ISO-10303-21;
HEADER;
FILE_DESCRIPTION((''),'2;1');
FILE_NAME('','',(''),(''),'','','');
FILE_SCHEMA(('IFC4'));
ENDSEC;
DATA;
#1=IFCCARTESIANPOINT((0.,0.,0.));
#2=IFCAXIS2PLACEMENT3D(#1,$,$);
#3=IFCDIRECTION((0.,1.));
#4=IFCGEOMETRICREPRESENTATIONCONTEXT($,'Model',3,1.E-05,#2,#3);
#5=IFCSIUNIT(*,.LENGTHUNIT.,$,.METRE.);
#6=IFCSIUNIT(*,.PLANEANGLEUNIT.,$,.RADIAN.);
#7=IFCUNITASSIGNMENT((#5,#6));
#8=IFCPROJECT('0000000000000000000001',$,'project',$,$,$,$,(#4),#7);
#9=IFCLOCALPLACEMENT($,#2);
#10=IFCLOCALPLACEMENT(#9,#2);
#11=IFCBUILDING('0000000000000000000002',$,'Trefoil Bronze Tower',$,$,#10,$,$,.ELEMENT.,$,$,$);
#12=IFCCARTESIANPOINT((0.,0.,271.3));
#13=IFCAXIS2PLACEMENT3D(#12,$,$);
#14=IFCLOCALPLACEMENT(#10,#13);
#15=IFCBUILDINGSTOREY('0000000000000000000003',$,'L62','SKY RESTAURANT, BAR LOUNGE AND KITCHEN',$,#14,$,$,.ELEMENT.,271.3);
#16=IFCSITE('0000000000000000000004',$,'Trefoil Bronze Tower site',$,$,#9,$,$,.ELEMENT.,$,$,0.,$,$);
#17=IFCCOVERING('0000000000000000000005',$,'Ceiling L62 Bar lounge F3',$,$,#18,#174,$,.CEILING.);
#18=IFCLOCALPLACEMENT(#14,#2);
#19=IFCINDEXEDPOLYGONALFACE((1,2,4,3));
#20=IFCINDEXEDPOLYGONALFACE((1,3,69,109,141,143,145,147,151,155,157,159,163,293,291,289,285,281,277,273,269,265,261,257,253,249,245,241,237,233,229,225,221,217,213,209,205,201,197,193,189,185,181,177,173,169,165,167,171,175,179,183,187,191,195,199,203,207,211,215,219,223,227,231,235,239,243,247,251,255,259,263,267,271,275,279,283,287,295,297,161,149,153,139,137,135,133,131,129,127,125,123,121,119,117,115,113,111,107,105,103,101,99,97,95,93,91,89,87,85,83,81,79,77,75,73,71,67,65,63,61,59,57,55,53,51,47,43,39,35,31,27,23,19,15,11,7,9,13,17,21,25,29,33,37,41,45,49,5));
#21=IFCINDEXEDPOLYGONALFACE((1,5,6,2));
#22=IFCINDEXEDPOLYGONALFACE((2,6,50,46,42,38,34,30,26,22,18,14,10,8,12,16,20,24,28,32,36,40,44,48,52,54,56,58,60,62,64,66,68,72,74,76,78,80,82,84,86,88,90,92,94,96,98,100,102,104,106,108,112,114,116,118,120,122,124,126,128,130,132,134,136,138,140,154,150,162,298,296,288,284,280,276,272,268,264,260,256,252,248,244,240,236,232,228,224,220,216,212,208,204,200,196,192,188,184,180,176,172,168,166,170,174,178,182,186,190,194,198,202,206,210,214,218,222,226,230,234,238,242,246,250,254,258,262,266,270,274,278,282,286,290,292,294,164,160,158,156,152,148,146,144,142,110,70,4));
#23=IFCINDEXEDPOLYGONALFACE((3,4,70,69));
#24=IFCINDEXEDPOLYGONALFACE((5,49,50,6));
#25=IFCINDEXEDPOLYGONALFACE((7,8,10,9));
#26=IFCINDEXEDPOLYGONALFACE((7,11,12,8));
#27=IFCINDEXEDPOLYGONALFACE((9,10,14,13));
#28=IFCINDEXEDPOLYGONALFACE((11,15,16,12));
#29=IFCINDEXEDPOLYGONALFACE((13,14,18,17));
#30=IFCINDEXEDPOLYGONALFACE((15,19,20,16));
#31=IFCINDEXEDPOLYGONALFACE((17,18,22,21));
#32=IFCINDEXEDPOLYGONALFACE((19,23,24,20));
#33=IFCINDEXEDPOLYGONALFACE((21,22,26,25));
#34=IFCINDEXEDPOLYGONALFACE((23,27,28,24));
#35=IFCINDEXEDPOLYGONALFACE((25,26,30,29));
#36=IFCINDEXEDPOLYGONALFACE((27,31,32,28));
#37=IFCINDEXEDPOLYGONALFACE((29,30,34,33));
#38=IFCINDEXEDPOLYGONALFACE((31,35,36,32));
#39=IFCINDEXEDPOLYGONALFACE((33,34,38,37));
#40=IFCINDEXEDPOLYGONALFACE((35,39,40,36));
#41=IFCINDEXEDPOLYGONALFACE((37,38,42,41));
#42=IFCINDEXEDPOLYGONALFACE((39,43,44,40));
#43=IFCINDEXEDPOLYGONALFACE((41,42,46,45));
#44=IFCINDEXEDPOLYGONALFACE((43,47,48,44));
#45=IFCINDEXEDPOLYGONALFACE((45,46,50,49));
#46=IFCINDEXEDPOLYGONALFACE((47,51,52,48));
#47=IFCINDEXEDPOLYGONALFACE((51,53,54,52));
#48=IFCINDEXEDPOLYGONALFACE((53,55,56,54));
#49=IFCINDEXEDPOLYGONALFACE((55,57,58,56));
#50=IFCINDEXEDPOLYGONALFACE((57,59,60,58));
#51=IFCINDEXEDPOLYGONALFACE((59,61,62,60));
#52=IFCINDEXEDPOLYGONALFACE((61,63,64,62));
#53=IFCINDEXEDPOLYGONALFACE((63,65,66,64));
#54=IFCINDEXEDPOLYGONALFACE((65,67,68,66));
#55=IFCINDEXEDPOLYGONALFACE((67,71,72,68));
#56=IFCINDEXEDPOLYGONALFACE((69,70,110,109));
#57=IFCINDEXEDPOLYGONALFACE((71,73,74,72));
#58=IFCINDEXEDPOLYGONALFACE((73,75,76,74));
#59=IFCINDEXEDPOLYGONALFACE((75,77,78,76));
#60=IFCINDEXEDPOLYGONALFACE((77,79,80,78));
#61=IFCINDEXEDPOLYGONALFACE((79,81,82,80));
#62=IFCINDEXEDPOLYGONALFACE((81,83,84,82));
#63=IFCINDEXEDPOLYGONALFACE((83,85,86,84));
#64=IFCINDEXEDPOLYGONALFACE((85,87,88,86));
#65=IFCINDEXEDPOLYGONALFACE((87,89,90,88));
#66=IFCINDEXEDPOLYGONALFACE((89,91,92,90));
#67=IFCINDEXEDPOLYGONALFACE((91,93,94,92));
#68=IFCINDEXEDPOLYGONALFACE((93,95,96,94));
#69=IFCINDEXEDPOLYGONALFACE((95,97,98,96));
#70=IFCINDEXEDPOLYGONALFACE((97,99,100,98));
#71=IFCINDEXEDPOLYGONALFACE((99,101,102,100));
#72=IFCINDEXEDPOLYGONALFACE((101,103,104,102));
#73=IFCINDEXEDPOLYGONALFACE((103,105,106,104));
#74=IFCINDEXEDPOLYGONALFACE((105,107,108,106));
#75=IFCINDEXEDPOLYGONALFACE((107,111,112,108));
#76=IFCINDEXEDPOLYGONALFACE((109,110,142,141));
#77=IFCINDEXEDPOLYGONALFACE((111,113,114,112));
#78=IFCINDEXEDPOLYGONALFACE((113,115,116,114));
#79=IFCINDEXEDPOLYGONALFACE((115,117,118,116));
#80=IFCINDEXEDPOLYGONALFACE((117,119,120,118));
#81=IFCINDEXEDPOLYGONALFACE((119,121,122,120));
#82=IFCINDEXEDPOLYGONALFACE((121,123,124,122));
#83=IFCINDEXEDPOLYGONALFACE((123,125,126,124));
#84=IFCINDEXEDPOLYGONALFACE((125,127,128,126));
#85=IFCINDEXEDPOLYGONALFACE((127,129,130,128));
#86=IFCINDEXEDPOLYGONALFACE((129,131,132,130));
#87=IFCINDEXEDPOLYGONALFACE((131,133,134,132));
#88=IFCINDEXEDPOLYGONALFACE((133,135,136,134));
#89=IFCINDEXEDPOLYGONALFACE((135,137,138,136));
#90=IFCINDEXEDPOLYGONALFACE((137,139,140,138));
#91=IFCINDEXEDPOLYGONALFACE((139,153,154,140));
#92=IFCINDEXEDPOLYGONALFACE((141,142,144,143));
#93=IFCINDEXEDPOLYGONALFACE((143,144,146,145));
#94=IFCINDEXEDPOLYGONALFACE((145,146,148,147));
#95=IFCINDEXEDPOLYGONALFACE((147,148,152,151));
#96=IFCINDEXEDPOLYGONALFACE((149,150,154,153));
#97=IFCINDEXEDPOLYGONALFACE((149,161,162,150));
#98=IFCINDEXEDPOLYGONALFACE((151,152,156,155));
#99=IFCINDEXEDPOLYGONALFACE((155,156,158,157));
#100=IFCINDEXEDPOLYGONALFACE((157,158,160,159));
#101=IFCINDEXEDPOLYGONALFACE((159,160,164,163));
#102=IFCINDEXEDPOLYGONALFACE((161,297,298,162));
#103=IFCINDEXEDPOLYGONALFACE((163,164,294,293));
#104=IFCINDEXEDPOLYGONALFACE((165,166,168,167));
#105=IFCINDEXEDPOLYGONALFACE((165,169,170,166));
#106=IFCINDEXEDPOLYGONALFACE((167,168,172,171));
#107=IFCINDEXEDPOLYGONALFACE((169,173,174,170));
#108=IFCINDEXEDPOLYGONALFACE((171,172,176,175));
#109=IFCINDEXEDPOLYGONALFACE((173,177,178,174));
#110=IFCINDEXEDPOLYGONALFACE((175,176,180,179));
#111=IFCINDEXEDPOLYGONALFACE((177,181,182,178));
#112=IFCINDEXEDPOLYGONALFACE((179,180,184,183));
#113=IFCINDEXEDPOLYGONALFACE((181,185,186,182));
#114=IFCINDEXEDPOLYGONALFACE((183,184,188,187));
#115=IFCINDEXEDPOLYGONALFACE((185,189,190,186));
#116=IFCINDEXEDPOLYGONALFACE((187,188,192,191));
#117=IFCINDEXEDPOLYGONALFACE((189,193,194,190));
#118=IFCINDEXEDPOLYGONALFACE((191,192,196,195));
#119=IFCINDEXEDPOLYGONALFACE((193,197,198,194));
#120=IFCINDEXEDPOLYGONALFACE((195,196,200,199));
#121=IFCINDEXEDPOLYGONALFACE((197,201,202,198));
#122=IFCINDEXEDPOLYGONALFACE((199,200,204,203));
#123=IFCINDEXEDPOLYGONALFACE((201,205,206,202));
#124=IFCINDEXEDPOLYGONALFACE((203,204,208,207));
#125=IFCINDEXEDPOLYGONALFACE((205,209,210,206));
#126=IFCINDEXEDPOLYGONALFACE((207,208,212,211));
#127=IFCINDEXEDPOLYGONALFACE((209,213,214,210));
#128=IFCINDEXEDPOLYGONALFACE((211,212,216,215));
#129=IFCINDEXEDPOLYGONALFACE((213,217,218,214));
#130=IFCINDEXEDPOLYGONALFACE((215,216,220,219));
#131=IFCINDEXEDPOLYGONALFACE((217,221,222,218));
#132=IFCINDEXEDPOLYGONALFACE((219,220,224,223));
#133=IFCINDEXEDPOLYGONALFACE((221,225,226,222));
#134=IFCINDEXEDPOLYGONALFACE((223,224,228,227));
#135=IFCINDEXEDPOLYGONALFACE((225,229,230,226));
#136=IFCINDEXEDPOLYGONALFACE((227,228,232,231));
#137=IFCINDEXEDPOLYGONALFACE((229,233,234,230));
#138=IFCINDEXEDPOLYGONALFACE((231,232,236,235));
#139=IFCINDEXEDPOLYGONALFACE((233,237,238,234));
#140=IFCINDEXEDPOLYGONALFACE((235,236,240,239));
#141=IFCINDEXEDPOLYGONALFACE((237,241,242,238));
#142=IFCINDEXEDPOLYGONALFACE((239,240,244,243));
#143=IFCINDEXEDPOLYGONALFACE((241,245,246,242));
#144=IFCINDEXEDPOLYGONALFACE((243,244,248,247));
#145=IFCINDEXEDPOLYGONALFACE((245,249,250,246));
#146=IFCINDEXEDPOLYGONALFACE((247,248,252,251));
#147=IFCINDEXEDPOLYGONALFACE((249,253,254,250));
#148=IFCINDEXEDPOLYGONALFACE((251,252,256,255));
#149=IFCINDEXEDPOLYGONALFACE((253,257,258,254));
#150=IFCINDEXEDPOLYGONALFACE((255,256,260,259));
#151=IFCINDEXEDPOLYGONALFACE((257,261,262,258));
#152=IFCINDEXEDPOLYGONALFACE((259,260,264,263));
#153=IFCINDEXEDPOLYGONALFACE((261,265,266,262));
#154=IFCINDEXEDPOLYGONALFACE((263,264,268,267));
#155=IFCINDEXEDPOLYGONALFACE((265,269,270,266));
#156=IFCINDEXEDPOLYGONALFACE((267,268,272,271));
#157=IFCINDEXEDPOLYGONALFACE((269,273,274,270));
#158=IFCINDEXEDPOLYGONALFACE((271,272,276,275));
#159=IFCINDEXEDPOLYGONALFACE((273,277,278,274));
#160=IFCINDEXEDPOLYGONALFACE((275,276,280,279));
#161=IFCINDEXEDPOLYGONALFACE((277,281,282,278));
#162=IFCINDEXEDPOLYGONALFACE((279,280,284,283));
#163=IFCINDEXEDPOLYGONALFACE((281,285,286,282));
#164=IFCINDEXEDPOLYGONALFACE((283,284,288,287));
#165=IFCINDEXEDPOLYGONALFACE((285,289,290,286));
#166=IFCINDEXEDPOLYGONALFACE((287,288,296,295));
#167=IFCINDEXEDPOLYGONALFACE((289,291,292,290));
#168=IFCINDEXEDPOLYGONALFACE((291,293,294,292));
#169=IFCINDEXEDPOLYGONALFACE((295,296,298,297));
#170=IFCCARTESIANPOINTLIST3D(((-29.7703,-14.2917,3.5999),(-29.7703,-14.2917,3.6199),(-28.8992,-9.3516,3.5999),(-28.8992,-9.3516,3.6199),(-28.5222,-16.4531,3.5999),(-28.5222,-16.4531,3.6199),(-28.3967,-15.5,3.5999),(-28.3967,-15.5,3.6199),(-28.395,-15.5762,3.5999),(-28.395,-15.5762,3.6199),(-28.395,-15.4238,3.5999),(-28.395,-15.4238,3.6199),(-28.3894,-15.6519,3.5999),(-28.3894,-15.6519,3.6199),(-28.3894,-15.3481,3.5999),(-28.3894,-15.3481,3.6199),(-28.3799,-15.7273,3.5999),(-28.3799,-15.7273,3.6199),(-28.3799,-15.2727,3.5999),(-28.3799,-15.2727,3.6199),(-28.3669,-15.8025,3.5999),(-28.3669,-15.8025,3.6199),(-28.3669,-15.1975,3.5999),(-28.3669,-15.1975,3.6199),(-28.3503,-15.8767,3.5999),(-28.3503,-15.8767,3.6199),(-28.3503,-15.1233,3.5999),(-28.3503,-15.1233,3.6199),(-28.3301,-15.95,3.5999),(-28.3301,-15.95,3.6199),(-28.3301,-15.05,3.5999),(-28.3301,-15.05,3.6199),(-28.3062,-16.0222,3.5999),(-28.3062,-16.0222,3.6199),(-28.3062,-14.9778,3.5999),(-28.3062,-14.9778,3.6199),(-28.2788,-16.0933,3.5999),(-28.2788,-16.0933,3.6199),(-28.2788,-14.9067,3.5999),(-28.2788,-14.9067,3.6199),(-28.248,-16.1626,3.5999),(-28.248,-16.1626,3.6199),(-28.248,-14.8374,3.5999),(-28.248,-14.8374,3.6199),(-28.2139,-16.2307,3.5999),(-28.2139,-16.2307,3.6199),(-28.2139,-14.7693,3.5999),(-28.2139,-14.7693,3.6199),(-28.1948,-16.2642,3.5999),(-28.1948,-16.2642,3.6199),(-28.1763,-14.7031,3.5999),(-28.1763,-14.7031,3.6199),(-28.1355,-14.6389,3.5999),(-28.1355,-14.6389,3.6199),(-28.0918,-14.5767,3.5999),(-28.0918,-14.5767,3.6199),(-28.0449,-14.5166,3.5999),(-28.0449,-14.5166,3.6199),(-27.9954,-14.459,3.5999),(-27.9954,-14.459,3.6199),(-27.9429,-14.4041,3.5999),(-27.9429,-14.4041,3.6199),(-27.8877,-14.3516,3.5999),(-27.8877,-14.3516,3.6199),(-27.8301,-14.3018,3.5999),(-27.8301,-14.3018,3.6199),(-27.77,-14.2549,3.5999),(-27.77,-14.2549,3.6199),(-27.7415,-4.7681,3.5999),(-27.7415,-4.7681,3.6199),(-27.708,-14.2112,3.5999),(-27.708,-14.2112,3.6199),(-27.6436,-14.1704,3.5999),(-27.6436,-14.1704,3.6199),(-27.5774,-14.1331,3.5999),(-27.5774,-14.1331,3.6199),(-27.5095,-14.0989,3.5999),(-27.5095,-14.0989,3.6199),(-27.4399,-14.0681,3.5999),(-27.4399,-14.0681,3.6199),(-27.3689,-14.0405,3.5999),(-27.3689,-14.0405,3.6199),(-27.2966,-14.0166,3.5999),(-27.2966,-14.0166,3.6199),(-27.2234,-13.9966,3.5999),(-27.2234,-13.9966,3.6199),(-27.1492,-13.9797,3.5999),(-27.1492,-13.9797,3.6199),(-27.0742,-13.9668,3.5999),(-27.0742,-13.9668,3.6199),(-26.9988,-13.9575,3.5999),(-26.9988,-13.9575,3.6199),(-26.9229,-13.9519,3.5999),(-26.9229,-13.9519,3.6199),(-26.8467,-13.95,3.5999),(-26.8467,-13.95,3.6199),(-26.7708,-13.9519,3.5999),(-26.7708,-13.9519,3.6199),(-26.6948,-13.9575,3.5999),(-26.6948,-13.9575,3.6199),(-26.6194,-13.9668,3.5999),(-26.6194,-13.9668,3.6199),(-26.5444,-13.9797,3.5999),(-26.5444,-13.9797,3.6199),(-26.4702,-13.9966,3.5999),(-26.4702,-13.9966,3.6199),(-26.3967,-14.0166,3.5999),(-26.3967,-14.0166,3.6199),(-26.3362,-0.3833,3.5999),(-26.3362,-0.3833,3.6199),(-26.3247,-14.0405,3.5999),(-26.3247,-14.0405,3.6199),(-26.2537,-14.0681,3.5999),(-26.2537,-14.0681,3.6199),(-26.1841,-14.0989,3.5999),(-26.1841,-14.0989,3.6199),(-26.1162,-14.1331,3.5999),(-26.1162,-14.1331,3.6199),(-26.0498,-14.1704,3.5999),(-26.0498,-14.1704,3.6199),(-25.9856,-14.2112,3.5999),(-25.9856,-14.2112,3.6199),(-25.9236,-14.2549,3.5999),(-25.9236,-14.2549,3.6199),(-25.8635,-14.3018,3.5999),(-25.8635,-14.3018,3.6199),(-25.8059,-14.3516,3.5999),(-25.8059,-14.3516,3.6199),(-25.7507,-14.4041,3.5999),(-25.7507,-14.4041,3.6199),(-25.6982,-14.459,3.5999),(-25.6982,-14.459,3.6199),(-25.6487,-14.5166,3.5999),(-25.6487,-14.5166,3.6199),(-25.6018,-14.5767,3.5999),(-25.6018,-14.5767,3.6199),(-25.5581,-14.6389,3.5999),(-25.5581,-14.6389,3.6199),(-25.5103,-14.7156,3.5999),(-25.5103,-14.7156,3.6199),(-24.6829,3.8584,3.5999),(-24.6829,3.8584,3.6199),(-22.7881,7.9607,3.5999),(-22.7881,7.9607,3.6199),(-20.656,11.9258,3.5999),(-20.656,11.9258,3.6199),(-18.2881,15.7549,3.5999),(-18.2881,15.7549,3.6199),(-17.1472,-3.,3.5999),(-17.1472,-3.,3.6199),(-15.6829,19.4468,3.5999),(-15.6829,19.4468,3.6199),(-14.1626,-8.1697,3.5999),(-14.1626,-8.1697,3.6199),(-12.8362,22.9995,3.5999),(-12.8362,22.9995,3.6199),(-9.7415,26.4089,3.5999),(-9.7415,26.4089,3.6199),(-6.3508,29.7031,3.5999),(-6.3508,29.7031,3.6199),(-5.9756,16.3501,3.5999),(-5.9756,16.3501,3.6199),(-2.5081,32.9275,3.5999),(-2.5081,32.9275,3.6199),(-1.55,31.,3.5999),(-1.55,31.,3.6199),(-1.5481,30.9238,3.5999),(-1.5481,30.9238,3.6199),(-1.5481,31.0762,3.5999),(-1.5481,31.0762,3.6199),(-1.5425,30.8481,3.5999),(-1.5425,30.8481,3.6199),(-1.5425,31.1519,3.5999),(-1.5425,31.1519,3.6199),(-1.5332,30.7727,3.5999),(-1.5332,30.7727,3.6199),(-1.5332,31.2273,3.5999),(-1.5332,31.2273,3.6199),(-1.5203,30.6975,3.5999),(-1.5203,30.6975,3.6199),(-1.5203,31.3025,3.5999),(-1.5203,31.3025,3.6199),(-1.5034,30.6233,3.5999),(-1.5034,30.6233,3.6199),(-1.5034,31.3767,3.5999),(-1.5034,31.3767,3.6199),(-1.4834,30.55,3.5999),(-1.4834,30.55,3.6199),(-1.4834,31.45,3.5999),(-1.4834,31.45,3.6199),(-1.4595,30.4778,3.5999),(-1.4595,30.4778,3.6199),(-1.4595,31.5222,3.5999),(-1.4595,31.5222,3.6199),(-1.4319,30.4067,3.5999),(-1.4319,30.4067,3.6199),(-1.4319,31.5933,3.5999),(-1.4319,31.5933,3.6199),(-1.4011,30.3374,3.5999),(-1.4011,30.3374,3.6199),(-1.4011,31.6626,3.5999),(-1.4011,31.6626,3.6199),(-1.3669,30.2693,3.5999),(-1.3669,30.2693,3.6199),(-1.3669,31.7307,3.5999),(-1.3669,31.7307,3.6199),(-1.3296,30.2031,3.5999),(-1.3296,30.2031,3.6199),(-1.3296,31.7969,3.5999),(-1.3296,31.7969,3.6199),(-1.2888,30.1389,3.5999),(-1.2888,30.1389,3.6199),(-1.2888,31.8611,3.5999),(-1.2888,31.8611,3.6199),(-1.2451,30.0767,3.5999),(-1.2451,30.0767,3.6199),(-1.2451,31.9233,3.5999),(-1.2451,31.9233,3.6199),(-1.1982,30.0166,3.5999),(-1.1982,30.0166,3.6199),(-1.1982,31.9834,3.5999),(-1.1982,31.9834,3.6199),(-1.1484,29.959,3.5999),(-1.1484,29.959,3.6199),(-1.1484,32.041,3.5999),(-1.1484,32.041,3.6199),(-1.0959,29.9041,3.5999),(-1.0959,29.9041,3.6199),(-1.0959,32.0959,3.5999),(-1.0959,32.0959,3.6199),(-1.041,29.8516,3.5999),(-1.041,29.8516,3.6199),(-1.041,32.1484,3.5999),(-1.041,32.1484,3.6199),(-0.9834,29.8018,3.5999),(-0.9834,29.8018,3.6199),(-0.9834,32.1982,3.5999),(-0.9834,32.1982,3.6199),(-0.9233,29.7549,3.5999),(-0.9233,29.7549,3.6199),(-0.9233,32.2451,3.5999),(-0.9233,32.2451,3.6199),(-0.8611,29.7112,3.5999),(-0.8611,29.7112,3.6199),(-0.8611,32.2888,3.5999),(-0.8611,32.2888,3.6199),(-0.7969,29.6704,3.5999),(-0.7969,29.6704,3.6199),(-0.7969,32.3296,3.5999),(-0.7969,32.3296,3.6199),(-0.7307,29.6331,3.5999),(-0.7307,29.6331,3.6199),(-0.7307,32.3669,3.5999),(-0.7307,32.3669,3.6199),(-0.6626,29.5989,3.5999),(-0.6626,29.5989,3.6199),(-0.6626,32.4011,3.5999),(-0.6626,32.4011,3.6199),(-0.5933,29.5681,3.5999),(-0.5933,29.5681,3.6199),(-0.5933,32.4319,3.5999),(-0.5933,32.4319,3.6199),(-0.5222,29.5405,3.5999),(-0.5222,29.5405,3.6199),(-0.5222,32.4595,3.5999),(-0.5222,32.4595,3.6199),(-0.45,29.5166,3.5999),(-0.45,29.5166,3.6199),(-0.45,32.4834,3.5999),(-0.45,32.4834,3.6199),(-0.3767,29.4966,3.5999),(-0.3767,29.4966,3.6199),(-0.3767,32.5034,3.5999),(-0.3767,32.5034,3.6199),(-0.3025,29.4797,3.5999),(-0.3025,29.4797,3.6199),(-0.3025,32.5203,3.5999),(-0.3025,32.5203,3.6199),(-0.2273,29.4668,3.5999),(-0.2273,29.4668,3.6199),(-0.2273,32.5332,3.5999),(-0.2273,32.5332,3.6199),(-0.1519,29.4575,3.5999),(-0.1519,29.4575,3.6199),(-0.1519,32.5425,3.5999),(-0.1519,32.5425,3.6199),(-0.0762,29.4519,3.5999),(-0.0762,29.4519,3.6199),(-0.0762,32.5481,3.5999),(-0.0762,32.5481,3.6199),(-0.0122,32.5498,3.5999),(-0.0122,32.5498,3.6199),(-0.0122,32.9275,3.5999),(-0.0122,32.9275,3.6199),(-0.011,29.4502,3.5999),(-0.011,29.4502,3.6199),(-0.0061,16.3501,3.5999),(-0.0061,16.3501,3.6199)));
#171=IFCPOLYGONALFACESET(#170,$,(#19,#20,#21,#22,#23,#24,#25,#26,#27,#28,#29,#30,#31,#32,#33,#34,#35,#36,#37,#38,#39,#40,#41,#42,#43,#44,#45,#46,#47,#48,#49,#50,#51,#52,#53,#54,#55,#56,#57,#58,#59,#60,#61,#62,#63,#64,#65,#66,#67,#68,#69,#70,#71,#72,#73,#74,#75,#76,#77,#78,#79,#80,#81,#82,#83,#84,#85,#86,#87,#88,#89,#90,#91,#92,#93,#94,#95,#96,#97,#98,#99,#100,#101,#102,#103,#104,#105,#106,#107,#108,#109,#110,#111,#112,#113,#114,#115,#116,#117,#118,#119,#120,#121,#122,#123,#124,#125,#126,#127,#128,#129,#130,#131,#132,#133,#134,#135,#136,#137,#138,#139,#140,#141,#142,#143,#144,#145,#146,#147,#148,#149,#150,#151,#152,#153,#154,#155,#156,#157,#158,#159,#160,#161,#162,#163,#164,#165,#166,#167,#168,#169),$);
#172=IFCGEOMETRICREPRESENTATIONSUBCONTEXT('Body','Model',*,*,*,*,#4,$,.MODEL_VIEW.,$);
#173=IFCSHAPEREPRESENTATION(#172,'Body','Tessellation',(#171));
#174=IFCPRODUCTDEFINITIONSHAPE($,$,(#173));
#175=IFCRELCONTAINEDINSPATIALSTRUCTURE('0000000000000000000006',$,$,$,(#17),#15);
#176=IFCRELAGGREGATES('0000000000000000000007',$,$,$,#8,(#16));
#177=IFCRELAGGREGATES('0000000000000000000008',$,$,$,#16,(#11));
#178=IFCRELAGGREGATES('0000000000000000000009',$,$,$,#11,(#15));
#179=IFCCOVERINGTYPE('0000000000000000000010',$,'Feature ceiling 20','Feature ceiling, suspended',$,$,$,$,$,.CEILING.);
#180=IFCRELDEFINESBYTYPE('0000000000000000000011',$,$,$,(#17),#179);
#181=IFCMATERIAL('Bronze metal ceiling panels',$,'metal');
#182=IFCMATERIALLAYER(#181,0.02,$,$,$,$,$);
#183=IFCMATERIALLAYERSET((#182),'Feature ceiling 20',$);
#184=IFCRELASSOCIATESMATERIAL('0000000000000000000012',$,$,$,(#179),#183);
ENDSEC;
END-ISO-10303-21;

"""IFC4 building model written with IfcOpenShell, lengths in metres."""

from ifc_helpers import new_model, si_unit, direction, frame, origin, place, context, subcontext, project, spatial, polyline, outline, extrude, material, layer, layer_set, type_object, element, save


model = new_model("IFC4")

# Units and contexts
model_context = context("Model", 3, precision=1e-05, world=origin(), true_north=direction((0.0, 1.0)))
body_context = subcontext(model_context, "Body", "Model", "MODEL_VIEW")
ifc_project = project(units=[si_unit("LENGTHUNIT", "METRE"), si_unit("PLANEANGLEUNIT", "RADIAN")], contexts=[model_context])

# Site, building, storey
site_placement = place(None, origin())
site = spatial("IfcSite", under=ifc_project, at=site_placement, Name="Trefoil Bronze Tower site", CompositionType="ELEMENT", RefElevation=0.0)
building_placement = place(site_placement, origin())
building = spatial("IfcBuilding", under=site, at=building_placement, Name="Trefoil Bronze Tower", CompositionType="ELEMENT")
storey_placement = place(building_placement, frame((0.0, 0.0, 271.3)))
storey = spatial("IfcBuildingStorey", under=building, at=storey_placement, Name="L62", Description="SKY RESTAURANT, BAR LOUNGE AND KITCHEN", CompositionType="ELEMENT", Elevation=271.3)

# Covering
ifc_material_1 = material(Name="Bronze metal ceiling panels", Category="metal")
ifc_layer_1 = layer(ifc_material_1, 0.02)
ifc_layer_set_1 = layer_set([ifc_layer_1], Name="Feature ceiling 20")
covering_type_1 = type_object("IfcCoveringType", Name="Feature ceiling 20", Description="Feature ceiling, suspended", PredefinedType="CEILING", material=ifc_layer_set_1)
covering_1_placement = place(storey_placement, frame((0.0, 0.0, 3.5999)))
element("IfcCovering", 1, at=covering_1_placement, inside=storey, type_object=covering_type_1, Name="Ceiling L62 Bar lounge F3", PredefinedType="CEILING", context=body_context, shape_type="SweptSolid", body=[
    extrude(outline(polyline([(-27.7415, -4.7681), (-26.3362, -0.3833), (-24.6829, 3.8584), (-22.7881, 7.9607), (-20.656, 11.9258), (-18.2881, 15.7549), (-15.6829, 19.4468), (-12.8362, 22.9995), (-9.7415, 26.4089), (-6.3508, 29.7031), (-2.5081, 32.9275), (-0.0122, 32.9275), (-0.0122, 32.5498), (-0.0762, 32.5481), (-0.1519, 32.5425), (-0.2273, 32.5332), (-0.3025, 32.5203), (-0.3767, 32.5034), (-0.45, 32.4834), (-0.5222, 32.4595), (-0.5933, 32.4319), (-0.6626, 32.4011), (-0.7307, 32.3669), (-0.7969, 32.3296), (-0.8611, 32.2888), (-0.9233, 32.2451), (-0.9834, 32.1982), (-1.041, 32.1484), (-1.0959, 32.0959), (-1.1484, 32.041), (-1.1982, 31.9834), (-1.2451, 31.9233), (-1.2888, 31.8611), (-1.3296, 31.7969), (-1.3669, 31.7307), (-1.4011, 31.6626), (-1.4319, 31.5933), (-1.4595, 31.5222), (-1.4834, 31.45), (-1.5034, 31.3767), (-1.5203, 31.3025), (-1.5332, 31.2273), (-1.5425, 31.1519), (-1.5481, 31.0762), (-1.55, 31.0), (-1.5481, 30.9238), (-1.5425, 30.8481), (-1.5332, 30.7727), (-1.5203, 30.6975), (-1.5034, 30.6233), (-1.4834, 30.55), (-1.4595, 30.4778), (-1.4319, 30.4067), (-1.4011, 30.3374), (-1.3669, 30.2693), (-1.3296, 30.2031), (-1.2888, 30.1389), (-1.2451, 30.0767), (-1.1982, 30.0166), (-1.1484, 29.959), (-1.0959, 29.9041), (-1.041, 29.8516), (-0.9834, 29.8018), (-0.9233, 29.7549), (-0.8611, 29.7112), (-0.7969, 29.6704), (-0.7307, 29.6331), (-0.6626, 29.5989), (-0.5933, 29.5681), (-0.5222, 29.5405), (-0.45, 29.5166), (-0.3767, 29.4966), (-0.3025, 29.4797), (-0.2273, 29.4668), (-0.1519, 29.4575), (-0.0762, 29.4519), (-0.011, 29.4502), (-0.0061, 16.3501), (-5.9756, 16.3501), (-17.1472, -3.0), (-14.1626, -8.1697), (-25.5103, -14.7156), (-25.5581, -14.6389), (-25.6018, -14.5767), (-25.6487, -14.5166), (-25.6982, -14.459), (-25.7507, -14.4041), (-25.8059, -14.3516), (-25.8635, -14.3018), (-25.9236, -14.2549), (-25.9856, -14.2112), (-26.0498, -14.1704), (-26.1162, -14.1331), (-26.1841, -14.0989), (-26.2537, -14.0681), (-26.3247, -14.0405), (-26.3967, -14.0166), (-26.4702, -13.9966), (-26.5444, -13.9797), (-26.6194, -13.9668), (-26.6948, -13.9575), (-26.7708, -13.9519), (-26.8467, -13.95), (-26.9229, -13.9519), (-26.9988, -13.9575), (-27.0742, -13.9668), (-27.1492, -13.9797), (-27.2234, -13.9966), (-27.2966, -14.0166), (-27.3689, -14.0405), (-27.4399, -14.0681), (-27.5095, -14.0989), (-27.5774, -14.1331), (-27.6436, -14.1704), (-27.708, -14.2112), (-27.77, -14.2549), (-27.8301, -14.3018), (-27.8877, -14.3516), (-27.9429, -14.4041), (-27.9954, -14.459), (-28.0449, -14.5166), (-28.0918, -14.5767), (-28.1355, -14.6389), (-28.1763, -14.7031), (-28.2139, -14.7693), (-28.248, -14.8374), (-28.2788, -14.9067), (-28.3062, -14.9778), (-28.3301, -15.05), (-28.3503, -15.1233), (-28.3669, -15.1975), (-28.3799, -15.2727), (-28.3894, -15.3481), (-28.395, -15.4238), (-28.3967, -15.5), (-28.395, -15.5762), (-28.3894, -15.6519), (-28.3799, -15.7273), (-28.3669, -15.8025), (-28.3503, -15.8767), (-28.3301, -15.95), (-28.3062, -16.0222), (-28.2788, -16.0933), (-28.248, -16.1626), (-28.2139, -16.2307), (-28.1948, -16.2642), (-28.5222, -16.4531), (-29.7703, -14.2917), (-28.8992, -9.3516), (-27.7415, -4.7681)])), origin(), (0.0, 0.0, 1.0), 0.02),
])

save(model, "model.ifc")
